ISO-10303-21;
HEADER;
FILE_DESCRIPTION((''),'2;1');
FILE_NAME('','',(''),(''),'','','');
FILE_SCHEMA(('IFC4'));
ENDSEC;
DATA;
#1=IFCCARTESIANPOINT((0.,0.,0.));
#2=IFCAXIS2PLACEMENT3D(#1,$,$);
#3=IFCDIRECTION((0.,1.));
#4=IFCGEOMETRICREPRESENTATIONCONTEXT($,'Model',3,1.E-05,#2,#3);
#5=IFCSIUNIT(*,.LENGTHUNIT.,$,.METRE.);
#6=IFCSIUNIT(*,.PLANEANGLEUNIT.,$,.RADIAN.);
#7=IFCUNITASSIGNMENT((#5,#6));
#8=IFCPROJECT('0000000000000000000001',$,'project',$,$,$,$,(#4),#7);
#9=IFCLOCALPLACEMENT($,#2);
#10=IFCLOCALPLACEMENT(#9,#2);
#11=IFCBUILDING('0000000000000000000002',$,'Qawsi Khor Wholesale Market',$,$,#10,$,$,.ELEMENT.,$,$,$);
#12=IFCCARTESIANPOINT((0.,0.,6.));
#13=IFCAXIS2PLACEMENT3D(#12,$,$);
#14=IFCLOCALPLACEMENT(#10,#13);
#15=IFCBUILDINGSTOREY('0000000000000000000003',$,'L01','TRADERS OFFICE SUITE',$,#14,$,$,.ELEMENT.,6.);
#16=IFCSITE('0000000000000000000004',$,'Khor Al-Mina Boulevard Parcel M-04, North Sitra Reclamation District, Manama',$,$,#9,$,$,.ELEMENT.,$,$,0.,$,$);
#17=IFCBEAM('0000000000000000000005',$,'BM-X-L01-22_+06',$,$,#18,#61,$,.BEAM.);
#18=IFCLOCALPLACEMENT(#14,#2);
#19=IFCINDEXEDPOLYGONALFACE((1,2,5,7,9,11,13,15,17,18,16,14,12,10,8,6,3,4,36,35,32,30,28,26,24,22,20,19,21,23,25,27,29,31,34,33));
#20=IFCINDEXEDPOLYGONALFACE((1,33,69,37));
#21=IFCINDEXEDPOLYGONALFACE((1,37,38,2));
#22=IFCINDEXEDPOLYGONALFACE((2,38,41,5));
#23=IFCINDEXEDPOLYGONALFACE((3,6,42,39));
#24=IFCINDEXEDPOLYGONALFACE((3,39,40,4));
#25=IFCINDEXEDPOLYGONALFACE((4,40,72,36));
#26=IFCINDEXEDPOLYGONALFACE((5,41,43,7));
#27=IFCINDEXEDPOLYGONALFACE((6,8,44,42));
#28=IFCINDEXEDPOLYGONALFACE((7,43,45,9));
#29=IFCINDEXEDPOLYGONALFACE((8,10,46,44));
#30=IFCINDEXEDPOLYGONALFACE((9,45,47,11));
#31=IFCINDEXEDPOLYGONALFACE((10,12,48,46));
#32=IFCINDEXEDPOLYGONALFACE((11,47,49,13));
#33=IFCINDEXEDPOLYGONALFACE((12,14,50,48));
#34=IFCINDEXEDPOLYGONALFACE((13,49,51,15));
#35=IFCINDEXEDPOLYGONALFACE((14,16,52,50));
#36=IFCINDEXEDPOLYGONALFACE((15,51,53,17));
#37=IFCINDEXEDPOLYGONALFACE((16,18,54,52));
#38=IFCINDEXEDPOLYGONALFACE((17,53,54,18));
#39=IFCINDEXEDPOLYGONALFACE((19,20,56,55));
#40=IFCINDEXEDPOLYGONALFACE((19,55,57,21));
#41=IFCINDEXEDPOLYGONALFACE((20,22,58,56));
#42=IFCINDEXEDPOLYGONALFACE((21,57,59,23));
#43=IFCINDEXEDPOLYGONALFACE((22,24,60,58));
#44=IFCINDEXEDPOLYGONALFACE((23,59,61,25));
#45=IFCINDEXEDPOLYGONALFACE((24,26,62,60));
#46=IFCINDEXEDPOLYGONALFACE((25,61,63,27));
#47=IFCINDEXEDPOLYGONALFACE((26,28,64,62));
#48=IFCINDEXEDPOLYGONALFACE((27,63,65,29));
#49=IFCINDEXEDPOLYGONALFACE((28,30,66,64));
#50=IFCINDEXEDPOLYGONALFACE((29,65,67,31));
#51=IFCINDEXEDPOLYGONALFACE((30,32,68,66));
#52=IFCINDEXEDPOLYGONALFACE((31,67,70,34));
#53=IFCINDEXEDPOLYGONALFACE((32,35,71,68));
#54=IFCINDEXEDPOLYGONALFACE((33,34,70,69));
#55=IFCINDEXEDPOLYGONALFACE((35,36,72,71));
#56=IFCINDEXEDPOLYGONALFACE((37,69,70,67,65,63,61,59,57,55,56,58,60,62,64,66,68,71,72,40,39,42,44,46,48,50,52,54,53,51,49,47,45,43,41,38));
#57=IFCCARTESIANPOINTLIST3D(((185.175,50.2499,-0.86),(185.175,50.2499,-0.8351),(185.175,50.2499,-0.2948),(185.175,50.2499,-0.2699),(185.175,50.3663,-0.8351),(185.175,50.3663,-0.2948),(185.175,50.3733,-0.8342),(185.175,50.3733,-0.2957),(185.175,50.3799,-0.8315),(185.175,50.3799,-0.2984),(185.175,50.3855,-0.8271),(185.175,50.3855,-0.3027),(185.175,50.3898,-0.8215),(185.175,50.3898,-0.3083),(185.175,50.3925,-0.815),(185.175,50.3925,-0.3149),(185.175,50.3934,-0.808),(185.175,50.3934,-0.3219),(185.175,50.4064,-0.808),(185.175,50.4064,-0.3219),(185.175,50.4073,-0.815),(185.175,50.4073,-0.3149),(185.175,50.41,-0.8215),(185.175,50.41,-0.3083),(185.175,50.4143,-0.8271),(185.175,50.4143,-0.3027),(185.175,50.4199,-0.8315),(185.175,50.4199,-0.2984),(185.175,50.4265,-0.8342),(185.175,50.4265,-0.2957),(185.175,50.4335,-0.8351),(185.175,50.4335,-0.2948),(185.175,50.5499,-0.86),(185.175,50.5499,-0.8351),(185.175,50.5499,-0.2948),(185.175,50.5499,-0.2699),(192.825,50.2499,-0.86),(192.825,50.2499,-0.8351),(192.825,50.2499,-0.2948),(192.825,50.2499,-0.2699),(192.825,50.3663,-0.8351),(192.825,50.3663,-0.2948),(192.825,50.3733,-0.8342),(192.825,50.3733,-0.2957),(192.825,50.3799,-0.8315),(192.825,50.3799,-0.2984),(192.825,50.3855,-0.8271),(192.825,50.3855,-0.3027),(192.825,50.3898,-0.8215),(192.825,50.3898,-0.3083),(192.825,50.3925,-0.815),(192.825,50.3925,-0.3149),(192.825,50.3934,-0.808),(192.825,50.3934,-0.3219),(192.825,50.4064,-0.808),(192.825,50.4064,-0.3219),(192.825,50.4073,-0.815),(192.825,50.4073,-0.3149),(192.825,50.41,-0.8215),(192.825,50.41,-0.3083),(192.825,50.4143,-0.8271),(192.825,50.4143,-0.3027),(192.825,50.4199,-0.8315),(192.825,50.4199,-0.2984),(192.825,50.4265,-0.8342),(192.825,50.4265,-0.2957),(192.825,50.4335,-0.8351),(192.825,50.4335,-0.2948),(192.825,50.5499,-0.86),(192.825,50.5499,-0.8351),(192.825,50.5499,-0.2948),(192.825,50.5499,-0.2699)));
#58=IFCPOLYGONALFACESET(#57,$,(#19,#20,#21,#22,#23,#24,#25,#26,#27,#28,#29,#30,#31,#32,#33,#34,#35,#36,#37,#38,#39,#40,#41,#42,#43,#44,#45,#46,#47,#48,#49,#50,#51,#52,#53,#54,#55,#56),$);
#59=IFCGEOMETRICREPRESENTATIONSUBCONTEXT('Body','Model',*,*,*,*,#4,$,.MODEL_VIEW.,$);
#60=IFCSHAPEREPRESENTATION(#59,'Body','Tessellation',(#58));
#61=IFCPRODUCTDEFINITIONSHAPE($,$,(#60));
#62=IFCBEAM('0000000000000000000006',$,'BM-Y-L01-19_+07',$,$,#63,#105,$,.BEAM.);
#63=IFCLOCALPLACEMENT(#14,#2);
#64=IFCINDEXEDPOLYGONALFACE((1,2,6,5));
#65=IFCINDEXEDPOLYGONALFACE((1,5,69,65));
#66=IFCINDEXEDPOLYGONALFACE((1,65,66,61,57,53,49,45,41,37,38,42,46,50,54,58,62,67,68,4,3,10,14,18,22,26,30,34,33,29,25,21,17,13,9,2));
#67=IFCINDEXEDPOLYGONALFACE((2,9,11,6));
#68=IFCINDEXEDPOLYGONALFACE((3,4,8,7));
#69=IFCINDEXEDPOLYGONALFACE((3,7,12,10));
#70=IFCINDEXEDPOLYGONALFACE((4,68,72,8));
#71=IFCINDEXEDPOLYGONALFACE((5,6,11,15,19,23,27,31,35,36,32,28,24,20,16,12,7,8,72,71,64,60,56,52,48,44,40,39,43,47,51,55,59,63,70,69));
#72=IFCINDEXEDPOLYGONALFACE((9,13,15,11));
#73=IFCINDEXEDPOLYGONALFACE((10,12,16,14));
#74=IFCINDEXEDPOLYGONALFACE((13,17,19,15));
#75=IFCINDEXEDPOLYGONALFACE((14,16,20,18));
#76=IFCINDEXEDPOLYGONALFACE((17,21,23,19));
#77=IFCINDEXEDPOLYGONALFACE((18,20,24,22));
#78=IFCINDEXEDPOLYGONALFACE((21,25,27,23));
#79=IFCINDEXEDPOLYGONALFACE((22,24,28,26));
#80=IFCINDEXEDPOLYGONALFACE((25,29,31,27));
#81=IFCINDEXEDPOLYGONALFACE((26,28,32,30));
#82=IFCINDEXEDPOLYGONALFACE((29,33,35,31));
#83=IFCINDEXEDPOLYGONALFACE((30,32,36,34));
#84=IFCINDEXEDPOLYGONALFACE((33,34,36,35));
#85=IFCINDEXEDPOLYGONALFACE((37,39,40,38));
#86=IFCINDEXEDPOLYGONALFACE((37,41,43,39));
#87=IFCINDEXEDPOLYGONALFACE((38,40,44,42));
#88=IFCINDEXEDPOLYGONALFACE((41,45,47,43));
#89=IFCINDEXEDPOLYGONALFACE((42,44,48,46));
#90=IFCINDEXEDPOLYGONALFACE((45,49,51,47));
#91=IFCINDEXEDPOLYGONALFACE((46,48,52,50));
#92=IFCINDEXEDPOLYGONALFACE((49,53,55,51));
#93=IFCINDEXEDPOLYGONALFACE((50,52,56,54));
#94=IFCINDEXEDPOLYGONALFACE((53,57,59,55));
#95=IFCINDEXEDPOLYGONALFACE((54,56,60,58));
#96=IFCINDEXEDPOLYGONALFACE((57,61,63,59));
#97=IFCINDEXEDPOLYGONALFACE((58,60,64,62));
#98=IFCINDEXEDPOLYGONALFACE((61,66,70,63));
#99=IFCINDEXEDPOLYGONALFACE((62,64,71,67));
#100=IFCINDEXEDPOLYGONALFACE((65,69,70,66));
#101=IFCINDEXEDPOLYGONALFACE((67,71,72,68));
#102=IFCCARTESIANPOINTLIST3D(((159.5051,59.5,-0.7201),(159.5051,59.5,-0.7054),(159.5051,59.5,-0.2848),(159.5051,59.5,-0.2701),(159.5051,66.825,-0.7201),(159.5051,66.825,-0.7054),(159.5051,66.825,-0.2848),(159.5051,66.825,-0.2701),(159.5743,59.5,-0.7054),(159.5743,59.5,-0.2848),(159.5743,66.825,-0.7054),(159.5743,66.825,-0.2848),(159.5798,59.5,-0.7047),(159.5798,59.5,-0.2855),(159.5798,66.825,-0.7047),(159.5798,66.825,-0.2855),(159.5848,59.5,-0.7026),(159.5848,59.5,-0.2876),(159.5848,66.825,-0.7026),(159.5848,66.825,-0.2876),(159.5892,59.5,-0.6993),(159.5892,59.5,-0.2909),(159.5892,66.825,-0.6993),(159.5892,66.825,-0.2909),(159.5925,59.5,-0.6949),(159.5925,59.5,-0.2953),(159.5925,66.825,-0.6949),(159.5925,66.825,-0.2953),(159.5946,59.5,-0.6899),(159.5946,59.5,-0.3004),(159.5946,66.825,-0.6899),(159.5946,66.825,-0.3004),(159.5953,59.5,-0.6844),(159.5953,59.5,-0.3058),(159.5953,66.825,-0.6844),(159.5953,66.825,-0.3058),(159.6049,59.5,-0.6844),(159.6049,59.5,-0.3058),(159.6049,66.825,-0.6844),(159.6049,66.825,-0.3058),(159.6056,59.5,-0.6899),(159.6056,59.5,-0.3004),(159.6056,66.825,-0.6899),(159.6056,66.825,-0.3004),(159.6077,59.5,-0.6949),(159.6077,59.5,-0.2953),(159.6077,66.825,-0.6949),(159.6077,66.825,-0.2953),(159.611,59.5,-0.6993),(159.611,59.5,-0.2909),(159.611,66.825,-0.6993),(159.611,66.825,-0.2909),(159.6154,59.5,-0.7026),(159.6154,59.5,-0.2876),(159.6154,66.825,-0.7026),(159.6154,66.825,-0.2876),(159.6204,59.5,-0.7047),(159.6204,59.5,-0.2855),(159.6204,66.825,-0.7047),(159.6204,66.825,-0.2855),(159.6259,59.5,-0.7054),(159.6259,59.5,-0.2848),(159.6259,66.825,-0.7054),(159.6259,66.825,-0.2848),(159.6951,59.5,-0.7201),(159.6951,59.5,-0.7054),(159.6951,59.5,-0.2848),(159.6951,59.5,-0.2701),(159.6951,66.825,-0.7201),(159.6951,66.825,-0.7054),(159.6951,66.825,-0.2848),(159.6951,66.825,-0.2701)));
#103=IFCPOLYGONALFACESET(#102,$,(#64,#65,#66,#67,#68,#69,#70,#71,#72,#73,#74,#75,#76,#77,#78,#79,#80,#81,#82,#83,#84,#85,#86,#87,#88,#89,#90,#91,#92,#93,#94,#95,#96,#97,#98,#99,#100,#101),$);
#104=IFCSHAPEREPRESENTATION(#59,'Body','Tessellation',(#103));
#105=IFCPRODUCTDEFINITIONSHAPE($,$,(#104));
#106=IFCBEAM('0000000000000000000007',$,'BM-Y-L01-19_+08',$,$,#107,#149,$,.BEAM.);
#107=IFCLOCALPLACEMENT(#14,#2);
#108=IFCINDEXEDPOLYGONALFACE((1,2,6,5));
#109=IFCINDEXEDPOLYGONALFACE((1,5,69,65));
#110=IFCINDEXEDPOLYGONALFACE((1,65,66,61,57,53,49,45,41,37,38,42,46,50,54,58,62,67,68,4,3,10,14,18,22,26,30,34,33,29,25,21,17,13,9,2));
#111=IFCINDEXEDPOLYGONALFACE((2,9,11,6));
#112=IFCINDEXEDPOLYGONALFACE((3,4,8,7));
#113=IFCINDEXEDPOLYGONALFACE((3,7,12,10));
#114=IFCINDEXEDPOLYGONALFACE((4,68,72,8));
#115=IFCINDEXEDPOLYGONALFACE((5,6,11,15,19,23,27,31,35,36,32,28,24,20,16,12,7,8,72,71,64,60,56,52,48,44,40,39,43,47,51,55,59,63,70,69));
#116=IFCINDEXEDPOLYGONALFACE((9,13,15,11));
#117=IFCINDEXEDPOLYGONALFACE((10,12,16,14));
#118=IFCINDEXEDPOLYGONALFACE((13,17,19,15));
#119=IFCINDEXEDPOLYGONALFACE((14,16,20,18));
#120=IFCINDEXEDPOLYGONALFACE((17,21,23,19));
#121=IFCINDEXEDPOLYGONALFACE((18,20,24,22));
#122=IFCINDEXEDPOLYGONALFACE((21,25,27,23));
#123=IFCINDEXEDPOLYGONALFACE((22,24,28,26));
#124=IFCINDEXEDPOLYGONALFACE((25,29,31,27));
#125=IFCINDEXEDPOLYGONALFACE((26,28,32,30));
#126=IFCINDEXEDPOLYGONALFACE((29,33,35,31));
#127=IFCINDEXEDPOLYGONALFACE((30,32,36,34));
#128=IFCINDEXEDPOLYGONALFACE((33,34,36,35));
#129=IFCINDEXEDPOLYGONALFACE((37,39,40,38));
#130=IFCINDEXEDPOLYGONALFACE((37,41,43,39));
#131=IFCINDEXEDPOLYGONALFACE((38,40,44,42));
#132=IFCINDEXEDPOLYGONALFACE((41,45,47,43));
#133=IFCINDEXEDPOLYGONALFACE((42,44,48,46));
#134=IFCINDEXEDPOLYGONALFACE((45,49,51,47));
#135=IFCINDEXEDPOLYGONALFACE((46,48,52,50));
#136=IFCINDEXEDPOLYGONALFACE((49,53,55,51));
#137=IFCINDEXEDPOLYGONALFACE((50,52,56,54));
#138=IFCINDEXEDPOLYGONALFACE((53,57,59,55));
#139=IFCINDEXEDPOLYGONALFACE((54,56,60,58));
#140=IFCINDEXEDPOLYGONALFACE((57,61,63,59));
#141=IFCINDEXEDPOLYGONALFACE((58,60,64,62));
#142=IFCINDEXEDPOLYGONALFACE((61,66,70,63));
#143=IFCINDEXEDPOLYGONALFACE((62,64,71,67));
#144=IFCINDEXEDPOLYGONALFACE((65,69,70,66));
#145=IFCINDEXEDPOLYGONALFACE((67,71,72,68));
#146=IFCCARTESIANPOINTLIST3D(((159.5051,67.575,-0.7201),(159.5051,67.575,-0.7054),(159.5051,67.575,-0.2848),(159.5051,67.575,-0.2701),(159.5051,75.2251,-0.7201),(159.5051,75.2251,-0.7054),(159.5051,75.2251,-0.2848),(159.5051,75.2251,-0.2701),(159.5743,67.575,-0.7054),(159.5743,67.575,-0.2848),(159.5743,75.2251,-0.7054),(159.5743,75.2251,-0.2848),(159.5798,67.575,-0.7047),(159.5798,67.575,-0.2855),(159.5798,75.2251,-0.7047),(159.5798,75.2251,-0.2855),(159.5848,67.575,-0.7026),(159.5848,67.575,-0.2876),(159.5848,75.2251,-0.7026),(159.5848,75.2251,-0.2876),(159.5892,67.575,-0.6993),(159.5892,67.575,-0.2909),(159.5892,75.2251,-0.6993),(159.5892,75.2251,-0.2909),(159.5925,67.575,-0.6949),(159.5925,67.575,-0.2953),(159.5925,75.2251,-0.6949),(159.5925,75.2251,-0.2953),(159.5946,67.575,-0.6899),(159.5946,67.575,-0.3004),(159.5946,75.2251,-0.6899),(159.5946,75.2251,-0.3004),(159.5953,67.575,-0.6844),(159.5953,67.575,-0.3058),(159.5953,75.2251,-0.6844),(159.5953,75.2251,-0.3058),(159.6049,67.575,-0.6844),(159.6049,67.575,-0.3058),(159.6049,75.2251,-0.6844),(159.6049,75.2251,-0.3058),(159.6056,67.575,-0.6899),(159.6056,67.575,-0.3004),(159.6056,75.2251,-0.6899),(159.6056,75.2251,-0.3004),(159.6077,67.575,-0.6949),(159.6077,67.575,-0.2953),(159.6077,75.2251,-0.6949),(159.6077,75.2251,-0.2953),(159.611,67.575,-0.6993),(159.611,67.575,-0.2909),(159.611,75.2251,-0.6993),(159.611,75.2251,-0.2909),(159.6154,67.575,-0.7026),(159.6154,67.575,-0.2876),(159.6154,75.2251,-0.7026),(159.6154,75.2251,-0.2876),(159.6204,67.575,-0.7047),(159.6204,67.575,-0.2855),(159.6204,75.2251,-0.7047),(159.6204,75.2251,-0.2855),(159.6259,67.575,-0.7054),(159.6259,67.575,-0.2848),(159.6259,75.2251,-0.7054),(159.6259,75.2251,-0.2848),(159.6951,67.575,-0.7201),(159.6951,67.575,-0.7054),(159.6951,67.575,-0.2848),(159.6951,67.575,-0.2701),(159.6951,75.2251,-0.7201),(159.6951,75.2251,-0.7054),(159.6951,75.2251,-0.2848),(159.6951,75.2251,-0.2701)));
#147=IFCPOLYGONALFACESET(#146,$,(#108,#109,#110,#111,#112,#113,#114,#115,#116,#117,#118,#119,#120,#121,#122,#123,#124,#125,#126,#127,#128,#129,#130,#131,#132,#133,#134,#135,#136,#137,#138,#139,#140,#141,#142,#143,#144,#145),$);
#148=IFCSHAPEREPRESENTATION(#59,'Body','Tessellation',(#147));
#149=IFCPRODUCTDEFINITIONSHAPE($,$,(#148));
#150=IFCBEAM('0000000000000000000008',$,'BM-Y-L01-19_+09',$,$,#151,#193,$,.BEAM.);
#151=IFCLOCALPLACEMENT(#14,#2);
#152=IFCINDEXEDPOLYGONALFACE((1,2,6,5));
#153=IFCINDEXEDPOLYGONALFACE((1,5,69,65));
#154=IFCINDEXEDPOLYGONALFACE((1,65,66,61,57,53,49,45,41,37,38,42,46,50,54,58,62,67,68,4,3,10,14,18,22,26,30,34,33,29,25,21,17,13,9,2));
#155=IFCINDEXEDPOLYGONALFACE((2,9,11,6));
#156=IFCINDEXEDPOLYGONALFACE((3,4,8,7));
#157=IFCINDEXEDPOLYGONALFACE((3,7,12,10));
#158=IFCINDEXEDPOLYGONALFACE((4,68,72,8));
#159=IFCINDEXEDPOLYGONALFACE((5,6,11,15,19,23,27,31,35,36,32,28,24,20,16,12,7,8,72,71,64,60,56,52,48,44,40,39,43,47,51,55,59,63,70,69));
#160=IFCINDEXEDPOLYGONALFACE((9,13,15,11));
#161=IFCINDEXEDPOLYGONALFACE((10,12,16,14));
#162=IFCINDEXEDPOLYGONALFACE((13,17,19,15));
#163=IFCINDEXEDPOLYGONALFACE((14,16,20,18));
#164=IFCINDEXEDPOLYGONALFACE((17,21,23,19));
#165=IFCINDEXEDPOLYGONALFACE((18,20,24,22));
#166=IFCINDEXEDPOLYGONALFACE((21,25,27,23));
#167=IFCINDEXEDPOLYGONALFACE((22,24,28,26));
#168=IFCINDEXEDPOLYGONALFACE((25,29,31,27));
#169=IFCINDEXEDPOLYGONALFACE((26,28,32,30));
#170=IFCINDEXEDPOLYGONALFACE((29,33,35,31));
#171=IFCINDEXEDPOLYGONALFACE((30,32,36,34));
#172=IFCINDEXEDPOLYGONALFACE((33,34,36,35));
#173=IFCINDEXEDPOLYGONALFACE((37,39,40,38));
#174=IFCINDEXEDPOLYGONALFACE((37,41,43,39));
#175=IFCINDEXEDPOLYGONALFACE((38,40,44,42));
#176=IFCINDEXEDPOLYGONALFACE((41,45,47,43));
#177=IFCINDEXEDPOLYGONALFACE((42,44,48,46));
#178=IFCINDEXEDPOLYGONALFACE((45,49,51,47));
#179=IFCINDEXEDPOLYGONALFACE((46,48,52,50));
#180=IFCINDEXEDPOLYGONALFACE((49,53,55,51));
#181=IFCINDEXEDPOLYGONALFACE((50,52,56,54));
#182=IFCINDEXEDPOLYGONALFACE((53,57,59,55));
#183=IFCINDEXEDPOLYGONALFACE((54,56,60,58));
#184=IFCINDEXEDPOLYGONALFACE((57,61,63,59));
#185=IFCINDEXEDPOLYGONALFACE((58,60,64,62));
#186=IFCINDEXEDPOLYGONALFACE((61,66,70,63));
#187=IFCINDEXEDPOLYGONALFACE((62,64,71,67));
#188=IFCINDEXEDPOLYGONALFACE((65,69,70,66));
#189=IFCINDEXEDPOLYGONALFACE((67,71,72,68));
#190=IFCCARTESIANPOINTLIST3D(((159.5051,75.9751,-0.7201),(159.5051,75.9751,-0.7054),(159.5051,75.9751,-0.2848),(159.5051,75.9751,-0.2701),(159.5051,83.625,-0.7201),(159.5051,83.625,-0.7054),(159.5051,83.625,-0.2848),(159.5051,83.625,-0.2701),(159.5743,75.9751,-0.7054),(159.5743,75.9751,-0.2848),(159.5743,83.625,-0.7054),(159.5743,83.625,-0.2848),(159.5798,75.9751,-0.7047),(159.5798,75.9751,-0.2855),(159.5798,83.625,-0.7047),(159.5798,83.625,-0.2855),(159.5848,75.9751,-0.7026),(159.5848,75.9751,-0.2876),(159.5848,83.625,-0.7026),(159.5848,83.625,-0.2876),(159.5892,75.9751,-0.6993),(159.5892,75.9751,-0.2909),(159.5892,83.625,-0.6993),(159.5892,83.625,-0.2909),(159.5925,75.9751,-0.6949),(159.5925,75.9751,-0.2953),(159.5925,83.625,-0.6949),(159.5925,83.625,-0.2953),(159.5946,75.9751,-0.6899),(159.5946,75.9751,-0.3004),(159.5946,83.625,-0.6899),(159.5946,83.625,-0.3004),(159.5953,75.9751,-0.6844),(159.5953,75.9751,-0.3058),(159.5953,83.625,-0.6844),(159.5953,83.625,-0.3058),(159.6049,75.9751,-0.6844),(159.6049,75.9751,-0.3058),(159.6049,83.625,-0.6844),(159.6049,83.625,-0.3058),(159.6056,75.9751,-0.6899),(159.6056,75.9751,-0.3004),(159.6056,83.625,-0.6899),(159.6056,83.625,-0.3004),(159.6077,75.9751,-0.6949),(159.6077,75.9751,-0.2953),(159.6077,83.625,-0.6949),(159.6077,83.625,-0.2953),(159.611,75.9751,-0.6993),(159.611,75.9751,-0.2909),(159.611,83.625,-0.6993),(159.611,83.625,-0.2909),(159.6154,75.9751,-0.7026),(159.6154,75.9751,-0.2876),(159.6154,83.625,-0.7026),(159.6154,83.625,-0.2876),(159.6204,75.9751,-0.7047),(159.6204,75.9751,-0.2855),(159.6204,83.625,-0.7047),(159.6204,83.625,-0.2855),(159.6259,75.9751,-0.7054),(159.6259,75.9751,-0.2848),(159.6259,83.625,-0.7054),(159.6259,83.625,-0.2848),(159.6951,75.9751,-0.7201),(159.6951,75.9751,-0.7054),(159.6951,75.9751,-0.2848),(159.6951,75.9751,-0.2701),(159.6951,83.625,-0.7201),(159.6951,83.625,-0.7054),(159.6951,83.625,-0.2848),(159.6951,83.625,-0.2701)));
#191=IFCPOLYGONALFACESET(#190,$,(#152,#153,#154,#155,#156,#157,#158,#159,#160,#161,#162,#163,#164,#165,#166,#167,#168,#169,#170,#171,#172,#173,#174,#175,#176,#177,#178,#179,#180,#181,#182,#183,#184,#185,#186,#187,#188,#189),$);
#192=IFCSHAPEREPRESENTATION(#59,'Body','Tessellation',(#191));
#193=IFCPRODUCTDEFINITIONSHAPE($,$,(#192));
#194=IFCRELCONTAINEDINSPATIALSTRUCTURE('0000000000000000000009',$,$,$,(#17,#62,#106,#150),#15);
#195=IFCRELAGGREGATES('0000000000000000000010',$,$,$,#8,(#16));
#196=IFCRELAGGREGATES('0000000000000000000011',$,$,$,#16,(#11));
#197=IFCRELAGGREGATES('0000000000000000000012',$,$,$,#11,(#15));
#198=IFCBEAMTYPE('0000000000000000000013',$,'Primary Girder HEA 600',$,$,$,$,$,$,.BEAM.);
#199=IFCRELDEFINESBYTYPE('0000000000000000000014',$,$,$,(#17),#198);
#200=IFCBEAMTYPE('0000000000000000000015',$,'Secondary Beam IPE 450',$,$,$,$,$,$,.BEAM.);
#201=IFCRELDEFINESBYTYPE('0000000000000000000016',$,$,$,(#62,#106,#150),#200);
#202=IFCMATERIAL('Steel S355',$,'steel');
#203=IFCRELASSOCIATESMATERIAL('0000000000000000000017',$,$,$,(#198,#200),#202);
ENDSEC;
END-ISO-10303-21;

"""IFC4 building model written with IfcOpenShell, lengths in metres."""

from ifc_helpers import new_model, si_unit, direction, frame, origin, origin_2d, place, context, subcontext, project, spatial, i_section, extrude, material, material_profile, profile_set, type_object, element, save


model = new_model("IFC4")

# Units and contexts
model_context = context("Model", 3, precision=1e-05, world=origin(), true_north=direction((0.0, 1.0)))
body_context = subcontext(model_context, "Body", "Model", "MODEL_VIEW")
ifc_project = project(units=[si_unit("LENGTHUNIT", "METRE"), si_unit("PLANEANGLEUNIT", "RADIAN")], contexts=[model_context])

# Site, building, storey
site_placement = place(None, origin())
site = spatial("IfcSite", under=ifc_project, at=site_placement, Name="Khor Al-Mina Boulevard Parcel M-04, North Sitra Reclamation District, Manama", CompositionType="ELEMENT", RefElevation=0.0)
building_placement = place(site_placement, origin())
building = spatial("IfcBuilding", under=site, at=building_placement, Name="Qawsi Khor Wholesale Market", CompositionType="ELEMENT")
storey_placement = place(building_placement, frame((0.0, 0.0, 6.0)))
storey = spatial("IfcBuildingStorey", under=building, at=storey_placement, Name="L01", Description="TRADERS OFFICE SUITE", CompositionType="ELEMENT", Elevation=6.0)

# Beams
ifc_material_1 = material(Name="Steel S355", Category="steel")
ifc_material_profile_1 = material_profile(ifc_material_1, i_section(OverallWidth=0.3, OverallDepth=0.5901, WebThickness=0.0129, FlangeThickness=0.0249, FilletRadius=0.0271, at=origin_2d()), Name="HEA 600")
ifc_profile_set_1 = profile_set([ifc_material_profile_1], Name="Steel S355")
beam_type_1 = type_object("IfcBeamType", Name="Primary Girder HEA 600", PredefinedType="BEAM", material=ifc_profile_set_1)
beam_1_placement = place(storey_placement, frame((185.175, 50.3999, -0.5649), z_axis=(1.0, 0.0, 0.0), x_axis=(0.0, 1.0, 0.0)))
element("IfcBeam", 1, at=beam_1_placement, inside=storey, type_object=beam_type_1, Name="BM-X-L01-22_+06", PredefinedType="BEAM", context=body_context, shape_type="SweptSolid", body=[
    extrude(i_section(OverallWidth=0.3, OverallDepth=0.5901, WebThickness=0.0129, FlangeThickness=0.0249, FilletRadius=0.0271, at=origin_2d()), origin(), (0.0, 0.0, 1.0), 7.6499),
])
ifc_material_profile_2 = material_profile(ifc_material_1, i_section(OverallWidth=0.1899, OverallDepth=0.45, WebThickness=0.0095, FlangeThickness=0.0146, FilletRadius=0.021, at=origin_2d()), Name="IPE 450")
ifc_profile_set_2 = profile_set([ifc_material_profile_2], Name="Steel S355")
beam_type_2 = type_object("IfcBeamType", Name="Secondary Beam IPE 450", PredefinedType="BEAM", material=ifc_profile_set_2)
beam_2_placement = place(storey_placement, frame((159.6001, 59.5, -0.4951), z_axis=(0.0, 1.0, 0.0), x_axis=(-1.0, 0.0, 0.0)))
element("IfcBeam", 2, at=beam_2_placement, inside=storey, type_object=beam_type_2, Name="BM-Y-L01-19_+07", PredefinedType="BEAM", context=body_context, shape_type="SweptSolid", body=[
    extrude(i_section(OverallWidth=0.1899, OverallDepth=0.45, WebThickness=0.0095, FlangeThickness=0.0146, FilletRadius=0.021, at=origin_2d()), origin(), (0.0, 0.0, 1.0), 7.325),
])
beam_3_placement = place(storey_placement, frame((159.6001, 67.575, -0.4951), z_axis=(0.0, 1.0, 0.0), x_axis=(-1.0, 0.0, 0.0)))
element("IfcBeam", 3, at=beam_3_placement, inside=storey, type_object=beam_type_2, Name="BM-Y-L01-19_+08", PredefinedType="BEAM", context=body_context, shape_type="SweptSolid", body=[
    extrude(i_section(OverallWidth=0.1899, OverallDepth=0.45, WebThickness=0.0095, FlangeThickness=0.0146, FilletRadius=0.021, at=origin_2d()), origin(), (0.0, 0.0, 1.0), 7.6501),
])
beam_4_placement = place(storey_placement, frame((159.6001, 75.9751, -0.4951), z_axis=(0.0, 1.0, 0.0), x_axis=(-1.0, 0.0, 0.0)))
element("IfcBeam", 4, at=beam_4_placement, inside=storey, type_object=beam_type_2, Name="BM-Y-L01-19_+09", PredefinedType="BEAM", context=body_context, shape_type="SweptSolid", body=[
    extrude(i_section(OverallWidth=0.1899, OverallDepth=0.45, WebThickness=0.0095, FlangeThickness=0.0146, FilletRadius=0.021, at=origin_2d()), origin(), (0.0, 0.0, 1.0), 7.6499),
])

save(model, "model.ifc")
